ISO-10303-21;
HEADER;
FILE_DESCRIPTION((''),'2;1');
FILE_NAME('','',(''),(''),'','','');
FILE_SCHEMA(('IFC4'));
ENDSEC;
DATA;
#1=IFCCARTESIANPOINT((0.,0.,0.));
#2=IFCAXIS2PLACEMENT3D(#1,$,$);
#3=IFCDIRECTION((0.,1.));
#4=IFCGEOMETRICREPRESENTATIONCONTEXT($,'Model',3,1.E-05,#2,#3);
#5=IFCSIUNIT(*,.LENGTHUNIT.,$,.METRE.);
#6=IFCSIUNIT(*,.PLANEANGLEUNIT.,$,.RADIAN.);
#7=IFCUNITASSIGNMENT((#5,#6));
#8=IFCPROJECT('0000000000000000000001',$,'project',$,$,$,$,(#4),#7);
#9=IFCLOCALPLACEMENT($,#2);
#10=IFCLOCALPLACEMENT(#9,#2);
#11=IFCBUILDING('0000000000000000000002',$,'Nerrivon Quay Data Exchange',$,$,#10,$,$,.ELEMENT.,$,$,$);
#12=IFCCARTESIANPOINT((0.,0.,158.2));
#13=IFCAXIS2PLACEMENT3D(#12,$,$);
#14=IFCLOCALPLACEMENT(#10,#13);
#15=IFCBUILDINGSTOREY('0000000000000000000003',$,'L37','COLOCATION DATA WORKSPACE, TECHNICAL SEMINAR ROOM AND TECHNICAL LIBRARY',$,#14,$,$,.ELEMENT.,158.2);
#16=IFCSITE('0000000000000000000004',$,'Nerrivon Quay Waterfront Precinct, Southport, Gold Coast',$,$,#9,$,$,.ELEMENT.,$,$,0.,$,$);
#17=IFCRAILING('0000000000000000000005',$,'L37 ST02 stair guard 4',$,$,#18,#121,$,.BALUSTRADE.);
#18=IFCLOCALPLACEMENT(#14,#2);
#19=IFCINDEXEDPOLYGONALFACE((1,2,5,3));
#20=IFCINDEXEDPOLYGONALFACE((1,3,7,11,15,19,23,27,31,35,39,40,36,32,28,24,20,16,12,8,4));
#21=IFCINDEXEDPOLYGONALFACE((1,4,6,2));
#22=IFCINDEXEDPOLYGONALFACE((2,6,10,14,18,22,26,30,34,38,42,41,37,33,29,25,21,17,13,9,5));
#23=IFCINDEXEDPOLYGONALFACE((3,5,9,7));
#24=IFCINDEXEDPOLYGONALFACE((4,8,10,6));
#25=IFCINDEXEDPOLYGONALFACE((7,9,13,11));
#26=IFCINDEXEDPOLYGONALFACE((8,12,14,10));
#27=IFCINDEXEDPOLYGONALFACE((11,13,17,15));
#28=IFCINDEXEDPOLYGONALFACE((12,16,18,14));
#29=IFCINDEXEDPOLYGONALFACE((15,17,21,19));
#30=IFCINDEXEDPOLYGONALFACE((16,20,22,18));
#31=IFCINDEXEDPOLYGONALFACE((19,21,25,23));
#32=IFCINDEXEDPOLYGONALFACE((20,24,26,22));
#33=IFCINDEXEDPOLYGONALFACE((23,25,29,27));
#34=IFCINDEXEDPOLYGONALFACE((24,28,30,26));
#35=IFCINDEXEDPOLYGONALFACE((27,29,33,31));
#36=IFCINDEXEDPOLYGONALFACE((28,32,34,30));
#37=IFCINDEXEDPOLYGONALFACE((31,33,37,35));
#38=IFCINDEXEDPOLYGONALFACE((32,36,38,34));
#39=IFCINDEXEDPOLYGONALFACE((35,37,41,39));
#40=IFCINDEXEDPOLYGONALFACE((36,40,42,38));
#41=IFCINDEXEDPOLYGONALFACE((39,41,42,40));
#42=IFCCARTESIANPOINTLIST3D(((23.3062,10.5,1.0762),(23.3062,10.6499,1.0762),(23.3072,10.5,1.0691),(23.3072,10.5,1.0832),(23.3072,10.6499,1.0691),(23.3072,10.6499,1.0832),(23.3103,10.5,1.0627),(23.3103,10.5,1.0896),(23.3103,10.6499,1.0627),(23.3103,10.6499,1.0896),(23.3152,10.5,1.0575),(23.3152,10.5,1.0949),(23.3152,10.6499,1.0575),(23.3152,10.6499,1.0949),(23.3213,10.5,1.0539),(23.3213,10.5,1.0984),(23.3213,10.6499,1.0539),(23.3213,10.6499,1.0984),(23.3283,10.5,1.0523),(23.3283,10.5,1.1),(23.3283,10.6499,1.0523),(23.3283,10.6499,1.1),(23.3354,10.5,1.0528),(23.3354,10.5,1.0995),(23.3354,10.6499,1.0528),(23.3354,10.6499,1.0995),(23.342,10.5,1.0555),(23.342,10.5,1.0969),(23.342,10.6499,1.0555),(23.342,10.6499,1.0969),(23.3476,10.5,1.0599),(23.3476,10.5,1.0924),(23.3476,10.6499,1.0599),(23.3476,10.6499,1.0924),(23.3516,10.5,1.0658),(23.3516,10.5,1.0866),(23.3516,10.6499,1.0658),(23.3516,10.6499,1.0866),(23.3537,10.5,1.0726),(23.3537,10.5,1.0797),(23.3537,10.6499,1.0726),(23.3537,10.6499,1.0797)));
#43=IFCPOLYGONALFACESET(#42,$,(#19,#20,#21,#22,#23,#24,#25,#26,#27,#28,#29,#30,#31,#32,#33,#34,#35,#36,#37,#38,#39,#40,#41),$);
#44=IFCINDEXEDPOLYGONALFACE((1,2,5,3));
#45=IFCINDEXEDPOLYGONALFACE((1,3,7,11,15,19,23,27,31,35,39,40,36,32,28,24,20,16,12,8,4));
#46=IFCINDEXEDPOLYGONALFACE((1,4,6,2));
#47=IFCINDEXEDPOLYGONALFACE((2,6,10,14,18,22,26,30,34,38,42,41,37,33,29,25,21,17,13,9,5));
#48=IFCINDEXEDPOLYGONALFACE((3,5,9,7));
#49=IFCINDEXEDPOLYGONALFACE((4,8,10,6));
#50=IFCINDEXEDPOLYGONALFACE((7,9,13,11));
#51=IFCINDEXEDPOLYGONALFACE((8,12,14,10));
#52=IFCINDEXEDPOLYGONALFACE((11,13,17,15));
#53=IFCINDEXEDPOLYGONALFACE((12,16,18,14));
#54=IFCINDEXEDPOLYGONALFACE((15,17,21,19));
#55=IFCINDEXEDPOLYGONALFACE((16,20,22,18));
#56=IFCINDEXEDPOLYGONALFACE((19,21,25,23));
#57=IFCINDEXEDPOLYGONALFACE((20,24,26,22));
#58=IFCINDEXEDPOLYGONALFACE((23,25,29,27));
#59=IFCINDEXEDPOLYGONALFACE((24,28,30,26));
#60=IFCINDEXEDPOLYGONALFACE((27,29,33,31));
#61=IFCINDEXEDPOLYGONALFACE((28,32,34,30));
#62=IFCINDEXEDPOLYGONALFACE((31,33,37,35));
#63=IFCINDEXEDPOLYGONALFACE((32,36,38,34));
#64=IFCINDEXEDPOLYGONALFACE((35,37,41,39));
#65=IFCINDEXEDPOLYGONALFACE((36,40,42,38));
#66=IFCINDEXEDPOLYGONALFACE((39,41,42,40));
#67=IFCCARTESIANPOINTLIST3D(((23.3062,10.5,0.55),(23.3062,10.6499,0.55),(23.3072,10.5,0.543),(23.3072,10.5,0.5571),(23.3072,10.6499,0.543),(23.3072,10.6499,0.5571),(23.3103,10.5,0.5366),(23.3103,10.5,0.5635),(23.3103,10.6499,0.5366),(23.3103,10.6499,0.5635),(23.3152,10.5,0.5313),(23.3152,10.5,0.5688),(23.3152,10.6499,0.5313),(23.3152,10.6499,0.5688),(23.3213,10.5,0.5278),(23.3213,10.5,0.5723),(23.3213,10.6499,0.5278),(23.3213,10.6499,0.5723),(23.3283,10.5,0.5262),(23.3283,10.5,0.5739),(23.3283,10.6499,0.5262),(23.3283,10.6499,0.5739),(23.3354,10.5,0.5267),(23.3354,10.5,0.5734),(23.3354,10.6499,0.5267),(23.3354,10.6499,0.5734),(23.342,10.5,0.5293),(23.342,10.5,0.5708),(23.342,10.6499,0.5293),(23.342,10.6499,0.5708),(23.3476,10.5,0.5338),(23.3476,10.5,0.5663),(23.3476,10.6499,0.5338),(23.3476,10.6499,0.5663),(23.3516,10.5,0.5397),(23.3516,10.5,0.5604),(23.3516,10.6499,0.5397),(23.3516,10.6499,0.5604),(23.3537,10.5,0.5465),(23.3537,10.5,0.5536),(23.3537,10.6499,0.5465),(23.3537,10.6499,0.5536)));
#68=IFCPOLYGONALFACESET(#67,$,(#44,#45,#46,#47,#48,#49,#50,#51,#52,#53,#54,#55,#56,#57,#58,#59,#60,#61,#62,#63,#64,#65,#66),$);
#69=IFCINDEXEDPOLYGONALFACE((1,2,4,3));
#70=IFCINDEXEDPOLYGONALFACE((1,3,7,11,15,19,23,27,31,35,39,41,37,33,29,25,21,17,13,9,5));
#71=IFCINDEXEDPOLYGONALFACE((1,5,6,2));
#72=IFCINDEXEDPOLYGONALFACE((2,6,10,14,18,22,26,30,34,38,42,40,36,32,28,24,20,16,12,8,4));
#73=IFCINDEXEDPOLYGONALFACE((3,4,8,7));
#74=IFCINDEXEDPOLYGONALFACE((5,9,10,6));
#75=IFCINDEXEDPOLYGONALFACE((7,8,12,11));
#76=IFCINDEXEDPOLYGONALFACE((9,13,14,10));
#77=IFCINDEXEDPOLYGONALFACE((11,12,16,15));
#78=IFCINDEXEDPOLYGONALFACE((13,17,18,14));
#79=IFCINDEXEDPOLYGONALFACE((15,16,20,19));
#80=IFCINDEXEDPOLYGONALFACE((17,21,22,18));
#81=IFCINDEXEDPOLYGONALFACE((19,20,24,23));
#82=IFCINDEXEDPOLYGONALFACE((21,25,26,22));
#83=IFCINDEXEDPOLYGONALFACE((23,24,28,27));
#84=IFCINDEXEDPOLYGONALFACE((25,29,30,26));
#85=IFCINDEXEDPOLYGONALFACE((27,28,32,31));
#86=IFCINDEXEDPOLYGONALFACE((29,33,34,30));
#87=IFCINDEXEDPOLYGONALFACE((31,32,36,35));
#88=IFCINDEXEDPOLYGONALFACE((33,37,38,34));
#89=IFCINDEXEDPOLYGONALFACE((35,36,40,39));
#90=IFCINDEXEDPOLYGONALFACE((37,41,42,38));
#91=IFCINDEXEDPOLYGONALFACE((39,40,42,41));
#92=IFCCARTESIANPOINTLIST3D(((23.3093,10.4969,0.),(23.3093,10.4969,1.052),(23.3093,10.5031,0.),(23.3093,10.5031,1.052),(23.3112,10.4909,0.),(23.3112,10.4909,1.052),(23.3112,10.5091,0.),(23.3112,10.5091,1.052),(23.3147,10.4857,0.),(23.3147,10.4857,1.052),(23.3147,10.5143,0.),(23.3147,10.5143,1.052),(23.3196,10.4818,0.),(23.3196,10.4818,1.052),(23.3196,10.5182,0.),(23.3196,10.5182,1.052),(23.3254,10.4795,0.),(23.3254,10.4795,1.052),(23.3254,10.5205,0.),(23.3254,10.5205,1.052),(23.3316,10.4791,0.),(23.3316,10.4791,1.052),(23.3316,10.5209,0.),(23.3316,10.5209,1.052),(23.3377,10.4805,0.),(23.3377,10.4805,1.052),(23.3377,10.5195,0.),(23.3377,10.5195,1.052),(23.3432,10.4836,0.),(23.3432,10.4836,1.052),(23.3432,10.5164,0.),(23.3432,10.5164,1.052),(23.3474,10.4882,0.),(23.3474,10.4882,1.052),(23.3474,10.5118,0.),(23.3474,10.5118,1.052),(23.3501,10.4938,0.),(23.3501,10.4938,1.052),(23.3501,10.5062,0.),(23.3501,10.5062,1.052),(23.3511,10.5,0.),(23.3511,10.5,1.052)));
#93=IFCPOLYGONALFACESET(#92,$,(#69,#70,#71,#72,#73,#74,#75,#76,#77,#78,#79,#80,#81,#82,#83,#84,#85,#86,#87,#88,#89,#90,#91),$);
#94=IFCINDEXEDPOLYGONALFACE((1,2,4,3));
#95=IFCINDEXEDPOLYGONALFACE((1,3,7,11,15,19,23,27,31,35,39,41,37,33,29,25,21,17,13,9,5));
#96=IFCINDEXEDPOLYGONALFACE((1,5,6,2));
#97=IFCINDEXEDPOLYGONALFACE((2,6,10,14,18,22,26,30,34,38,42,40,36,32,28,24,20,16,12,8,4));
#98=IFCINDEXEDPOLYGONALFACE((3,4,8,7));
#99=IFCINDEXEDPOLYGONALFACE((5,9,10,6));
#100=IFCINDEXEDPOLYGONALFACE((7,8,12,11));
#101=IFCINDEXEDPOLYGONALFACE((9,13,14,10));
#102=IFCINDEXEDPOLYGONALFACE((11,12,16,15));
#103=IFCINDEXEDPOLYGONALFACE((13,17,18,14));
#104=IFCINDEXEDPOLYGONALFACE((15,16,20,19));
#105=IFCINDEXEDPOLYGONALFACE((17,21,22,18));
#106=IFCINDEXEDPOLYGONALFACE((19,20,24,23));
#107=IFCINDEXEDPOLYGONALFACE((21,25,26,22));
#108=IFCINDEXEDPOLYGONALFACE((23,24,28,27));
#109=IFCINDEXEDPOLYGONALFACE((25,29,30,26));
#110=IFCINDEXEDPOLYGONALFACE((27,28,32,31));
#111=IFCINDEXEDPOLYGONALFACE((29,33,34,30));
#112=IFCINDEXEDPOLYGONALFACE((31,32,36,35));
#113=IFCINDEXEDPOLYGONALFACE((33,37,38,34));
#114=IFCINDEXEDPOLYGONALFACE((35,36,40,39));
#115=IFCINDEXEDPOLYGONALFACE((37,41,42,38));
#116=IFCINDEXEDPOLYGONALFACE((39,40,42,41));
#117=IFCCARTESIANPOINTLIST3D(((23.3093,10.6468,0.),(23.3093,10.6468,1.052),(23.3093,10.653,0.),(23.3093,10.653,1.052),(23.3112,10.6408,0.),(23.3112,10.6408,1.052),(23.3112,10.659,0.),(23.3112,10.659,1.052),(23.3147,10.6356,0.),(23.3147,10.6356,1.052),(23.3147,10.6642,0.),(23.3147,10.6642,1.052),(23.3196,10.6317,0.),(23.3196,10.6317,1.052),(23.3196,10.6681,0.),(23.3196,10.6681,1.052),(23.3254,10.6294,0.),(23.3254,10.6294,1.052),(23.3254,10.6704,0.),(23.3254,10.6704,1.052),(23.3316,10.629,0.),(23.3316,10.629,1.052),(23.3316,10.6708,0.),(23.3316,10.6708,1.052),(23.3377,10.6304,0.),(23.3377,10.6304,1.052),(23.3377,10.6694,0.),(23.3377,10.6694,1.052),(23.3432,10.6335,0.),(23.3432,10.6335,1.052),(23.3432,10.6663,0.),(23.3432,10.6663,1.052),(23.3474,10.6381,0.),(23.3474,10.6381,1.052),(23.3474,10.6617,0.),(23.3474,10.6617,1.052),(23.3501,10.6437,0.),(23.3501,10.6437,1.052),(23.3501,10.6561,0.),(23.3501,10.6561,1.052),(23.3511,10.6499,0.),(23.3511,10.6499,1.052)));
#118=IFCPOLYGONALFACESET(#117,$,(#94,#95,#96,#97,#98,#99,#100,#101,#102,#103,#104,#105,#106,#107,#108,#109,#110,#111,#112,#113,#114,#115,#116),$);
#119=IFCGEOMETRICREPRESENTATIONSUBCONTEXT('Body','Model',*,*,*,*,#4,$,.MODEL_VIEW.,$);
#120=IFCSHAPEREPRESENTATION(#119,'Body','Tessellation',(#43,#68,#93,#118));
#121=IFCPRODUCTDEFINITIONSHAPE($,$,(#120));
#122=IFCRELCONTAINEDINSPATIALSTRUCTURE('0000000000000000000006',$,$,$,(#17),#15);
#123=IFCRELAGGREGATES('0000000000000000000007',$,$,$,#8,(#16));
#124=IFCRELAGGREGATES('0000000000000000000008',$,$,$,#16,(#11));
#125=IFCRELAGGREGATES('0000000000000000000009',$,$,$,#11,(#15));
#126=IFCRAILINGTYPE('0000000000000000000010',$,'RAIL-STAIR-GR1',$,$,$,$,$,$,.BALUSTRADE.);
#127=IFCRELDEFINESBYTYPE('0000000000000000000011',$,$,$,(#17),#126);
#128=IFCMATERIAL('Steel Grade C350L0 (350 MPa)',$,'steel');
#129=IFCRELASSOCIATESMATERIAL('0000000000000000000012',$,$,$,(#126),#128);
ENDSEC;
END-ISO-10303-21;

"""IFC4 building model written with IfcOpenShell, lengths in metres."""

from ifc_helpers import new_model, si_unit, direction, frame, origin, origin_2d, place, context, subcontext, project, spatial, circle, extrude, material, type_object, element, save


model = new_model("IFC4")

# Units and contexts
model_context = context("Model", 3, precision=1e-05, world=origin(), true_north=direction((0.0, 1.0)))
body_context = subcontext(model_context, "Body", "Model", "MODEL_VIEW")
ifc_project = project(units=[si_unit("LENGTHUNIT", "METRE"), si_unit("PLANEANGLEUNIT", "RADIAN")], contexts=[model_context])

# Site, building, storey
site_placement = place(None, origin())
site = spatial("IfcSite", under=ifc_project, at=site_placement, Name="Nerrivon Quay Waterfront Precinct, Southport, Gold Coast", CompositionType="ELEMENT", RefElevation=0.0)
building_placement = place(site_placement, origin())
building = spatial("IfcBuilding", under=site, at=building_placement, Name="Nerrivon Quay Data Exchange", CompositionType="ELEMENT")
storey_placement = place(building_placement, frame((0.0, 0.0, 158.2)))
storey = spatial("IfcBuildingStorey", under=building, at=storey_placement, Name="L37", Description="COLOCATION DATA WORKSPACE, TECHNICAL SEMINAR ROOM AND TECHNICAL LIBRARY", CompositionType="ELEMENT", Elevation=158.2)

# Railing
ifc_material_1 = material(Name="Steel Grade C350L0 (350 MPa)", Category="steel")
railing_type_1 = type_object("IfcRailingType", Name="RAIL-STAIR-GR1", PredefinedType="BALUSTRADE", material=ifc_material_1)
railing_1_placement = place(storey_placement, frame((23.3301, 10.5, 0.0)))
element("IfcRailing", 1, at=railing_1_placement, inside=storey, type_object=railing_type_1, Name="L37 ST02 stair guard 4", PredefinedType="BALUSTRADE", context=body_context, shape_type="SweptSolid", body=[
    extrude(circle(Radius=0.0239, at=origin_2d()), frame((0.0, 0.0, 1.0762), z_axis=(0.0, 1.0, 0.0), x_axis=(-1.0, 0.0, 0.0)), (0.0, 0.0, 1.0), 0.1499),
    extrude(circle(Radius=0.0239, at=origin_2d()), frame((0.0, 0.0, 0.55), z_axis=(0.0, 1.0, 0.0), x_axis=(-1.0, 0.0, 0.0)), (0.0, 0.0, 1.0), 0.1499),
    extrude(circle(Radius=0.021, at=origin_2d()), origin(), (0.0, 0.0, 1.0), 1.052),
    extrude(circle(Radius=0.021, at=origin_2d()), frame((0.0, 0.1499, 0.0)), (0.0, 0.0, 1.0), 1.052),
])

save(model, "model.ifc")
